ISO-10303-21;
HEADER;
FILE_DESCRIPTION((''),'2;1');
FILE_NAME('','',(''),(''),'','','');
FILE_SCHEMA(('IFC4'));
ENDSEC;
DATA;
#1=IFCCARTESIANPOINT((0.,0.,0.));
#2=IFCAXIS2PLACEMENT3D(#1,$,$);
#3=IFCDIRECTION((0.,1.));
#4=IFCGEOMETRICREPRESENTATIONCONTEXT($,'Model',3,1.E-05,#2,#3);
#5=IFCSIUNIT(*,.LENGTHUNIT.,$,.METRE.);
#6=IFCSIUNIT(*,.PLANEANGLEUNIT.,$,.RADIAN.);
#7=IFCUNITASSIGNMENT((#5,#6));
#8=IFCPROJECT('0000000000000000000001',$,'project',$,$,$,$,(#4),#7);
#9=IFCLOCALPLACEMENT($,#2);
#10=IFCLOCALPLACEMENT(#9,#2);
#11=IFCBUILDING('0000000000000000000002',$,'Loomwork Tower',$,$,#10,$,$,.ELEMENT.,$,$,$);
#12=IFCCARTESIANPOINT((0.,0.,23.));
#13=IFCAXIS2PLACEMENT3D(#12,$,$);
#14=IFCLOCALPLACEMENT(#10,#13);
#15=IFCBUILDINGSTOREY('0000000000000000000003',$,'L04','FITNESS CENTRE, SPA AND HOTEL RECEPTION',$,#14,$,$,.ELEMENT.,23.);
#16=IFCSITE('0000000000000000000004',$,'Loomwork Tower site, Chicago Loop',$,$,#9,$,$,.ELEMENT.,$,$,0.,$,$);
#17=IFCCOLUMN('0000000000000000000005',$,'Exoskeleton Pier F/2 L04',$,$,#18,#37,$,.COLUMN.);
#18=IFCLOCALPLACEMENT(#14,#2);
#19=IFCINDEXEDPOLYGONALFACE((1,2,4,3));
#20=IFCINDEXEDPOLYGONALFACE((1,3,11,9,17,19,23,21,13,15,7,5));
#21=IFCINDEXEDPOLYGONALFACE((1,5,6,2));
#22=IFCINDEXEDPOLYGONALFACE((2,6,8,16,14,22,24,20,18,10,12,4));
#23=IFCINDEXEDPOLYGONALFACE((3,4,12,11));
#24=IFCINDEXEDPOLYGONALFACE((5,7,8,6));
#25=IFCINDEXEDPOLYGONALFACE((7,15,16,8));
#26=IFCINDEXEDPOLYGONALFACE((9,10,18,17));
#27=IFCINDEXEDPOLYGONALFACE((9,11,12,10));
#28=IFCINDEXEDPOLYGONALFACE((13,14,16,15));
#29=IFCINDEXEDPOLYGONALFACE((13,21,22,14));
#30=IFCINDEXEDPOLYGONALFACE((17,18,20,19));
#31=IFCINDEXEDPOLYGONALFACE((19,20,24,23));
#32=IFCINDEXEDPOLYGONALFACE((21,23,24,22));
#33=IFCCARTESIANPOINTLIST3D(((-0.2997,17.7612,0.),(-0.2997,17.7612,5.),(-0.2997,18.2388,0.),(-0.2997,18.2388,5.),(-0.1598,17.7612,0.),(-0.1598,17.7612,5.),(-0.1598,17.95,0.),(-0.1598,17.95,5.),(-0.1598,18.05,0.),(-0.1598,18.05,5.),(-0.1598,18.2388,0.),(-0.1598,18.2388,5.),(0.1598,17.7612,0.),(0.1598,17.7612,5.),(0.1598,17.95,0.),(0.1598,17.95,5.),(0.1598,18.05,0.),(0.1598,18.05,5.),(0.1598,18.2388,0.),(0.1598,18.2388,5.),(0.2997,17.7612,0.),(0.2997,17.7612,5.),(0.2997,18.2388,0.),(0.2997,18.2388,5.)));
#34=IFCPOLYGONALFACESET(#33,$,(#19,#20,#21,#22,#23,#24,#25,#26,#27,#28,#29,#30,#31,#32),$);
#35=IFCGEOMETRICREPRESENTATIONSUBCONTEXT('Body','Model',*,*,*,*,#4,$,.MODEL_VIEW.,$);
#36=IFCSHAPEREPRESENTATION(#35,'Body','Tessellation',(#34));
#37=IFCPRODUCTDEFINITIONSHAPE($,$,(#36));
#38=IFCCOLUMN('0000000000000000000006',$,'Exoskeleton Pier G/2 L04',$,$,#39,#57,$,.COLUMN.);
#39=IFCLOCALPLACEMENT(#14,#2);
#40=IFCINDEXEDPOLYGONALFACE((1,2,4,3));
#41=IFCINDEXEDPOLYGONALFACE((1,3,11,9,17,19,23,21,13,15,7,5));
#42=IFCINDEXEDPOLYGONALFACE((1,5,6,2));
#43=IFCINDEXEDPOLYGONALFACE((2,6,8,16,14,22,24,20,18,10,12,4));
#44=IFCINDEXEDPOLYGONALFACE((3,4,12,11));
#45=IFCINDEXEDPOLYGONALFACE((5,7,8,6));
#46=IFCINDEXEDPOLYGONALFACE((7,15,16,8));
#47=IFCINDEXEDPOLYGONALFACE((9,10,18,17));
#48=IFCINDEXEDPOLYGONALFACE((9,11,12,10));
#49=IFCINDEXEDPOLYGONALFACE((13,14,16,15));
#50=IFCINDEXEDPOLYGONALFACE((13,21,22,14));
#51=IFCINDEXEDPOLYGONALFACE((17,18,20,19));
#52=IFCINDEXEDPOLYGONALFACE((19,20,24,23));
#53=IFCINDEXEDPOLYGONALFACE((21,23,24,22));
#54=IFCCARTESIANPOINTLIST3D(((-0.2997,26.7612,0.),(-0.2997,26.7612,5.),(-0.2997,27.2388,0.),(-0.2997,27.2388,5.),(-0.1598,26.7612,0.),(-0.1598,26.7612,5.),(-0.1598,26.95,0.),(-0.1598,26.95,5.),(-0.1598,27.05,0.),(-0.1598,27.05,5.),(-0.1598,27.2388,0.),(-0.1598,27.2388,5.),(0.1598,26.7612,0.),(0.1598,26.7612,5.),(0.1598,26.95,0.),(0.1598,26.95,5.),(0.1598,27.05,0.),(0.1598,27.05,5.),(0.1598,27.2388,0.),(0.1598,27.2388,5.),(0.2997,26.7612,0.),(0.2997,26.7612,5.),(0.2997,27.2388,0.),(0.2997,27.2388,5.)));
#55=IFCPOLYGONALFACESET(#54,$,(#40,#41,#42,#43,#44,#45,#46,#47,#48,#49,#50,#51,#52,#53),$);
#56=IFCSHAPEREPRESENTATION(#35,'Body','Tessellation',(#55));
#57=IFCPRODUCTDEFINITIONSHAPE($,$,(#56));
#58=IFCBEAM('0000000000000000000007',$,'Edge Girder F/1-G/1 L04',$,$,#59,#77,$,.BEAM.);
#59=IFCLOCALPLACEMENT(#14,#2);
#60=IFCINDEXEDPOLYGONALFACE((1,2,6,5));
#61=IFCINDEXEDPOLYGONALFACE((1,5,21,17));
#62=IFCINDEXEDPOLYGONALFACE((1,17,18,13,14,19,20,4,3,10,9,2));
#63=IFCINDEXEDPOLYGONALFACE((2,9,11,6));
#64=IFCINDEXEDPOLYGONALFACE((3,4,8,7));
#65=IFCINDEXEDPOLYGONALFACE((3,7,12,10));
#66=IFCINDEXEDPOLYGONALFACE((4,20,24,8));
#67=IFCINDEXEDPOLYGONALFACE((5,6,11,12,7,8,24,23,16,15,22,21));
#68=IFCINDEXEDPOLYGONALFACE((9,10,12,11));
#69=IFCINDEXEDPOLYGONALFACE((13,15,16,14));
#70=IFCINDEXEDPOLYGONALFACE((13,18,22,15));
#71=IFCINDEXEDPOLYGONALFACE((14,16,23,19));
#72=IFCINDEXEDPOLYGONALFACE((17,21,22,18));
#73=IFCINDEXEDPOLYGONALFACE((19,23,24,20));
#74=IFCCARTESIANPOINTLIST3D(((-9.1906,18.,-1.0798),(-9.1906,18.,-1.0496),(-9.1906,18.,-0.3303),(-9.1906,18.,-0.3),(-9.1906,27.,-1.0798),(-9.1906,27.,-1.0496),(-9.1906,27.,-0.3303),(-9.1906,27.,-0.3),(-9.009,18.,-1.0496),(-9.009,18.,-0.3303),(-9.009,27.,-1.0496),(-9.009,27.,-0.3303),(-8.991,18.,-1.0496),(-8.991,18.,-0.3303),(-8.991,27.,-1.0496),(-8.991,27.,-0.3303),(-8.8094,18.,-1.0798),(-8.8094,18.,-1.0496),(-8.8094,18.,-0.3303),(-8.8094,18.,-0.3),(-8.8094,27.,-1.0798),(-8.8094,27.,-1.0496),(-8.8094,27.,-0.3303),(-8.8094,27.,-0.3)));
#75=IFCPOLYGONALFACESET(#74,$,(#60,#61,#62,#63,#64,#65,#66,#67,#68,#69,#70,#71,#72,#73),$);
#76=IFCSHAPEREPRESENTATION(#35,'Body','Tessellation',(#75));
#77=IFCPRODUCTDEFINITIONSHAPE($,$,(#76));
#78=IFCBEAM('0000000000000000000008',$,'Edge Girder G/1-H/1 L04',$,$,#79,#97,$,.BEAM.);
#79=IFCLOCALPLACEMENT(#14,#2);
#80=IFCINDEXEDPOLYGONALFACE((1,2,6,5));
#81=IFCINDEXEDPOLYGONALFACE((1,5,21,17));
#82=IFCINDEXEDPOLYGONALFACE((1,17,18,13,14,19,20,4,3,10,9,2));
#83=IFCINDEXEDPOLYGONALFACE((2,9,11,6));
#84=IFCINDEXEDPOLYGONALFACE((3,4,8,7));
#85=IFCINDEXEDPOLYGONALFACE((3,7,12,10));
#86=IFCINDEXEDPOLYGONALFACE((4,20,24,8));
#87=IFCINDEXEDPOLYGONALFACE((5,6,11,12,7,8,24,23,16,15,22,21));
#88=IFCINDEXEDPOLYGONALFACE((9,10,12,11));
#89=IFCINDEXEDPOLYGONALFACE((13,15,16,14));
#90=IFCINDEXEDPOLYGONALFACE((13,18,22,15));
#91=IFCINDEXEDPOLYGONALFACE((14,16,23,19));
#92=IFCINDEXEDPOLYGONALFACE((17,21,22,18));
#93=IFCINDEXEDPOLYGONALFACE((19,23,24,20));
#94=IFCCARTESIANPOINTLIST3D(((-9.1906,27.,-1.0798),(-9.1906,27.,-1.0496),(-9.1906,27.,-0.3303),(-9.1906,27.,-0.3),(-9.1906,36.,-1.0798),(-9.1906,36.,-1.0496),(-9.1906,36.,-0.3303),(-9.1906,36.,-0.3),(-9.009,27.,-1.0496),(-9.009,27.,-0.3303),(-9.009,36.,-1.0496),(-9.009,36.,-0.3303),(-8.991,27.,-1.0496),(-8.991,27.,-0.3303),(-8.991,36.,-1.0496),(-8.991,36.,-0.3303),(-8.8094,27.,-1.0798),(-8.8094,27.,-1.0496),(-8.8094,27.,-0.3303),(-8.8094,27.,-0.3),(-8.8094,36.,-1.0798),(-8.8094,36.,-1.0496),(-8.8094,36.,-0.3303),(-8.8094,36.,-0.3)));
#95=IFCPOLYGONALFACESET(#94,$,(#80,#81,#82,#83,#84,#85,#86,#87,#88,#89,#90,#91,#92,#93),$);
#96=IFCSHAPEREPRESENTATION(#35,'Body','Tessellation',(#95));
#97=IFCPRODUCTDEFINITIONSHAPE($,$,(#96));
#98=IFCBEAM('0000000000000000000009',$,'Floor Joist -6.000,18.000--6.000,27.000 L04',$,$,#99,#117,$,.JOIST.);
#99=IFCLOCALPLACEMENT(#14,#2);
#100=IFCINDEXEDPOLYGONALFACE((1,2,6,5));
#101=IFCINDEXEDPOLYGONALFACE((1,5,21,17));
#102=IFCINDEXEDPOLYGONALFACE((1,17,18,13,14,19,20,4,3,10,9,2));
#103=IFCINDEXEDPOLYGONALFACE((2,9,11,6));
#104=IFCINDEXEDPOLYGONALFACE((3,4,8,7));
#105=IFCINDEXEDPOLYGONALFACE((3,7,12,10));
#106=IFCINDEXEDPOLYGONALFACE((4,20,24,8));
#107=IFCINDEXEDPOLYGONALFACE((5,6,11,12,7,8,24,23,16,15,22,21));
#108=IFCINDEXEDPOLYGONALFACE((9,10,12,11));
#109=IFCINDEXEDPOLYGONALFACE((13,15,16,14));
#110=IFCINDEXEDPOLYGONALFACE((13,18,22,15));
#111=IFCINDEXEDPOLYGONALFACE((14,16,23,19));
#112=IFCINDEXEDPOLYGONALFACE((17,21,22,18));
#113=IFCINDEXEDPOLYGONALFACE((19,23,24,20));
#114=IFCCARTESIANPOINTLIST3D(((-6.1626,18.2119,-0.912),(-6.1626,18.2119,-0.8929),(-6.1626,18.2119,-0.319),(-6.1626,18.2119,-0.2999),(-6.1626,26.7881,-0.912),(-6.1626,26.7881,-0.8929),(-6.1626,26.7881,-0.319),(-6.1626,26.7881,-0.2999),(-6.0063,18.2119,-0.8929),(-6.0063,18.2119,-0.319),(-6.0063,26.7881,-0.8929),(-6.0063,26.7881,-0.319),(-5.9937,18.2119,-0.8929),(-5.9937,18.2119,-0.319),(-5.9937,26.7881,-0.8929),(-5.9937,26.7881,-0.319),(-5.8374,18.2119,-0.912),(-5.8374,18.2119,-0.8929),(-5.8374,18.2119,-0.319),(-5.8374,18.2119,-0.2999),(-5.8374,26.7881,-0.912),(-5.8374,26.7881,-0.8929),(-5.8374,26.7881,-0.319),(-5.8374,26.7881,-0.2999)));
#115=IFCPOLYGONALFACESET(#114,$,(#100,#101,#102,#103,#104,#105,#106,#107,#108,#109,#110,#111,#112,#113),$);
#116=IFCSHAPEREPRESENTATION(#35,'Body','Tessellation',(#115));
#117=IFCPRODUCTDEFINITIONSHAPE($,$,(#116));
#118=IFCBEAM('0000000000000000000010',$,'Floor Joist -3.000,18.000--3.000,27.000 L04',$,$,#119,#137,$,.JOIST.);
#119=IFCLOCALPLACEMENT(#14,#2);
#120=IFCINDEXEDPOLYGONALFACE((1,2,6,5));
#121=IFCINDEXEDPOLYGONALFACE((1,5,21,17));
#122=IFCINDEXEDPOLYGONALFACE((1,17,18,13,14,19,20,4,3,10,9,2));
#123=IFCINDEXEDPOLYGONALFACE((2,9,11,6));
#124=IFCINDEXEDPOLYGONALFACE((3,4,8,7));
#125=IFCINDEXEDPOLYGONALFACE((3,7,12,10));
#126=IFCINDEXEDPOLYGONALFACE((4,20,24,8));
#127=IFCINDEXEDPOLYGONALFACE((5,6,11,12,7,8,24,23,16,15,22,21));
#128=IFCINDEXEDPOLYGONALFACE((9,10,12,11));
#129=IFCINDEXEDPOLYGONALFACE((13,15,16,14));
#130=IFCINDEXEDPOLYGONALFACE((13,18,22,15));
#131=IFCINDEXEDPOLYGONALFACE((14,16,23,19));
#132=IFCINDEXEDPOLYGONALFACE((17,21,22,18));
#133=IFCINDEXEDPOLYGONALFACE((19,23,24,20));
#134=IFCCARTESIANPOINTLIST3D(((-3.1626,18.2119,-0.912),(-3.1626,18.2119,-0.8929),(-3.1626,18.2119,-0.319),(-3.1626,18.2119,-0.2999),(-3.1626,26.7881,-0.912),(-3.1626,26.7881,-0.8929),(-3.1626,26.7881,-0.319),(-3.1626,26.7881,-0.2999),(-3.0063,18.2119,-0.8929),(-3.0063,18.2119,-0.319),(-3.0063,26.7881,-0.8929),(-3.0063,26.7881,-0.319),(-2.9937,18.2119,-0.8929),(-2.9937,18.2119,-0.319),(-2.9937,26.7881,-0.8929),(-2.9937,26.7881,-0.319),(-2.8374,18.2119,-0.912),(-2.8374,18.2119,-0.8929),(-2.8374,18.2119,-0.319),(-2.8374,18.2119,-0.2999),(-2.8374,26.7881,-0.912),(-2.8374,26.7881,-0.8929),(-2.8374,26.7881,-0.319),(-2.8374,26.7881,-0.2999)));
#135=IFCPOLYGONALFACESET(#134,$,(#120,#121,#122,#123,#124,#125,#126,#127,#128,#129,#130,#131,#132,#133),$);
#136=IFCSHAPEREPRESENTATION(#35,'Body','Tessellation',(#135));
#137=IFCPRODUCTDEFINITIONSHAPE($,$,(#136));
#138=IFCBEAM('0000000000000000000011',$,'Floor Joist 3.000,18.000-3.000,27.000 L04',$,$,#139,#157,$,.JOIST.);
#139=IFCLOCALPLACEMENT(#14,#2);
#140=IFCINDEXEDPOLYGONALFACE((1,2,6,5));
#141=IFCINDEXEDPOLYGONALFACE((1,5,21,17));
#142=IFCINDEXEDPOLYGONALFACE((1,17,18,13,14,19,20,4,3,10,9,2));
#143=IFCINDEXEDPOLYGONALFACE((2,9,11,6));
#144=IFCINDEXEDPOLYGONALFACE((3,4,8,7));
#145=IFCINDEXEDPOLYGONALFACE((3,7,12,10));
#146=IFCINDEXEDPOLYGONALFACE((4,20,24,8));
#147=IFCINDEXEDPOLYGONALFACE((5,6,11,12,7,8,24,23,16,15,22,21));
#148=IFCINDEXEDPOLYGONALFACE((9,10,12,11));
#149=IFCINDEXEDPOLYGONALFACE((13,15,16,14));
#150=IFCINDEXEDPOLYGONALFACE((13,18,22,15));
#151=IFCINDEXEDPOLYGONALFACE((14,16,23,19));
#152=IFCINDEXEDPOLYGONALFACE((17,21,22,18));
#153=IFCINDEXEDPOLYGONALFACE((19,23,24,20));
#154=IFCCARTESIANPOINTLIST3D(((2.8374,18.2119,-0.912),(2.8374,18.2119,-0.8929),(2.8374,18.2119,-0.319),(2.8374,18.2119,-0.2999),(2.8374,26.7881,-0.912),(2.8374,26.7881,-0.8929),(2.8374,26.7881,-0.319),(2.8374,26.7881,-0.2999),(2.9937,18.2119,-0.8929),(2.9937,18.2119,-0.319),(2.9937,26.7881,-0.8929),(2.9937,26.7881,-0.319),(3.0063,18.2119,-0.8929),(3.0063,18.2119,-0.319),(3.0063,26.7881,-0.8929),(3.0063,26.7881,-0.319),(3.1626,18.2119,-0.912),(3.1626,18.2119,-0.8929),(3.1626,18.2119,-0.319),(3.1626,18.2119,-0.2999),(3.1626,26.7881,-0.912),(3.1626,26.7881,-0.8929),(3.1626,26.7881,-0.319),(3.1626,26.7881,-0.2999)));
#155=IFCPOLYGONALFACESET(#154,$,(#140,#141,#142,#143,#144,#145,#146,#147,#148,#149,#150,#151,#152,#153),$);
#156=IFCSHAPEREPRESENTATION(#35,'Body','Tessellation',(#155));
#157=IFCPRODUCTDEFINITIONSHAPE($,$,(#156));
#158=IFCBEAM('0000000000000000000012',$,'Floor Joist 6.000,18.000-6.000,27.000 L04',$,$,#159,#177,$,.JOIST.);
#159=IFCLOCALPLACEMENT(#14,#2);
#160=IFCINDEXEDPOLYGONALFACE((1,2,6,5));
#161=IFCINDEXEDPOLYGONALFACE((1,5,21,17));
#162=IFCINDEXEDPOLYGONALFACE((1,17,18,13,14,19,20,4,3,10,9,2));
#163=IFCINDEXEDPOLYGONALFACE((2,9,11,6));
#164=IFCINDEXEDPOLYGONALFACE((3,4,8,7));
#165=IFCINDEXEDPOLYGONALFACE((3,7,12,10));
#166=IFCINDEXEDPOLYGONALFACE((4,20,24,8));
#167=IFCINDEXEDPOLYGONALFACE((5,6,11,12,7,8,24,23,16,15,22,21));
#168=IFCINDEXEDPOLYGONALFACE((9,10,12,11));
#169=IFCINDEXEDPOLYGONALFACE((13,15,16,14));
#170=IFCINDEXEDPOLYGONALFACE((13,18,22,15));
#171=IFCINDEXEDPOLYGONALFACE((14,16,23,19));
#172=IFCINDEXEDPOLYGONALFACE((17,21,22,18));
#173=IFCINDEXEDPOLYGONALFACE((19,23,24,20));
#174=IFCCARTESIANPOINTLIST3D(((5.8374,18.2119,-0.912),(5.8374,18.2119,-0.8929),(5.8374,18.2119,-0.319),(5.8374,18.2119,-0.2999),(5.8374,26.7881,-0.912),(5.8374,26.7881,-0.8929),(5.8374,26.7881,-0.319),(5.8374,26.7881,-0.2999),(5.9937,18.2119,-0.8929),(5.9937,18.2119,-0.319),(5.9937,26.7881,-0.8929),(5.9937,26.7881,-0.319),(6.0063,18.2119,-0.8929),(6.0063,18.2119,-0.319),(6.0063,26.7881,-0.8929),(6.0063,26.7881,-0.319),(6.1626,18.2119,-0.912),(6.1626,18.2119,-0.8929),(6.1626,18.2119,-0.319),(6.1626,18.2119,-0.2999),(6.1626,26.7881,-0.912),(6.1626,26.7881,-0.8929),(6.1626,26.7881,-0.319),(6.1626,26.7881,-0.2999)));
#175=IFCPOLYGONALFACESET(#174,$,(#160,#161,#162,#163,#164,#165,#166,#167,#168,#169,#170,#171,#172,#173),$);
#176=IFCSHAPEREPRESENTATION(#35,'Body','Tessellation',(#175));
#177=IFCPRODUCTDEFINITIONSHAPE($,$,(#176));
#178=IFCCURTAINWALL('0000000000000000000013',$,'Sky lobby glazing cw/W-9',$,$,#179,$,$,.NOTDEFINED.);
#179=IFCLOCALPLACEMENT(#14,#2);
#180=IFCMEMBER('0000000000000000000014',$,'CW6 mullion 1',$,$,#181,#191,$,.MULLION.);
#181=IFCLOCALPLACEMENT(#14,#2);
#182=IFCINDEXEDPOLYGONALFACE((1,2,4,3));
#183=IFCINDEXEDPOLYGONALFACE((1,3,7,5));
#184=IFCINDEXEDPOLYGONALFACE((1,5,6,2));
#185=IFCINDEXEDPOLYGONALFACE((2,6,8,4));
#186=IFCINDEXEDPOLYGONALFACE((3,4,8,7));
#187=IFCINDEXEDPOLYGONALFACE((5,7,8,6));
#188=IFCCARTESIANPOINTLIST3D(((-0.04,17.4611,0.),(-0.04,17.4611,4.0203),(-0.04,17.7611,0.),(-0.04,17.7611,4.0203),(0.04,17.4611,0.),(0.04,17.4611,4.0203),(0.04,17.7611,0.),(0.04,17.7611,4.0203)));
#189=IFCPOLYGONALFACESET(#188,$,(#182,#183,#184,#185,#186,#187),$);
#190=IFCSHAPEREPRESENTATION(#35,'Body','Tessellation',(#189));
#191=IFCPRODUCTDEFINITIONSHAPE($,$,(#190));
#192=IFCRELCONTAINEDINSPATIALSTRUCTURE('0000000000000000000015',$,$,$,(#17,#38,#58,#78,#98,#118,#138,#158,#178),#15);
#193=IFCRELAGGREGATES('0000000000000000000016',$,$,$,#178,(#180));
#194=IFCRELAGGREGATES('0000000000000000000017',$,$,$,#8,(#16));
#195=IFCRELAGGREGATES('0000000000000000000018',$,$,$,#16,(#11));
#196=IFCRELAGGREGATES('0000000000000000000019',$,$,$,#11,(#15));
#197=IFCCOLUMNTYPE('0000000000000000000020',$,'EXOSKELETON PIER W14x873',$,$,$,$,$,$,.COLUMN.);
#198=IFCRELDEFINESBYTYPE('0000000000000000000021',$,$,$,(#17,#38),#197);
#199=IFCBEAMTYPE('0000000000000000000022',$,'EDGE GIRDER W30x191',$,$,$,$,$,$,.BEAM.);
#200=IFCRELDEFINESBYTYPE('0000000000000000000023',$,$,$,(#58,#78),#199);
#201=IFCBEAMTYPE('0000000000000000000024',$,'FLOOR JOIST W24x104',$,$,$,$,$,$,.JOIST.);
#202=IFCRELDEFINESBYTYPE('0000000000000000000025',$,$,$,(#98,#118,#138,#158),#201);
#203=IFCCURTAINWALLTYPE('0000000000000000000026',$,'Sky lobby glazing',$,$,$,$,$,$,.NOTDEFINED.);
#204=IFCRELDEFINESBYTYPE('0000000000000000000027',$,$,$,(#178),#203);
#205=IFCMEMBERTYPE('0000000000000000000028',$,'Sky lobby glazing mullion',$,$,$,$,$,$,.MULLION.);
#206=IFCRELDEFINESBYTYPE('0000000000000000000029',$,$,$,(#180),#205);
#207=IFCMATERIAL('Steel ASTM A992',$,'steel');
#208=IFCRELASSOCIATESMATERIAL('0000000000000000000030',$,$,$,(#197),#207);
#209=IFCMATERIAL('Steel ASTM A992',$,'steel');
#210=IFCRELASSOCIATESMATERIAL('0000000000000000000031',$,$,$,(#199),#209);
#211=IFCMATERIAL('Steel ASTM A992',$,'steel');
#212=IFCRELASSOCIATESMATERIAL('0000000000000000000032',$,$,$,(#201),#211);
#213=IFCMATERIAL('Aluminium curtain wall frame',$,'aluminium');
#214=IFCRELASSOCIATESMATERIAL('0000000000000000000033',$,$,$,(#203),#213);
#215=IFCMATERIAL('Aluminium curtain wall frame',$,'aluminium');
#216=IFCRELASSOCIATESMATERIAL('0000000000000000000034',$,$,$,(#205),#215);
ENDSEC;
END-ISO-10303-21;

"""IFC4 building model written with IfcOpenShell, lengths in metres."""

from ifc_helpers import new_model, si_unit, direction, frame, origin, origin_2d, place, context, subcontext, project, spatial, rectangle, i_section, extrude, material, material_profile, profile_set, type_object, element, aggregate, save


model = new_model("IFC4")

# Units and contexts
model_context = context("Model", 3, precision=1e-05, world=origin(), true_north=direction((0.0, 1.0)))
body_context = subcontext(model_context, "Body", "Model", "MODEL_VIEW")
ifc_project = project(units=[si_unit("LENGTHUNIT", "METRE"), si_unit("PLANEANGLEUNIT", "RADIAN")], contexts=[model_context])

# Site, building, storey
site_placement = place(None, origin())
site = spatial("IfcSite", under=ifc_project, at=site_placement, Name="Loomwork Tower site, Chicago Loop", CompositionType="ELEMENT", RefElevation=0.0)
building_placement = place(site_placement, origin())
building = spatial("IfcBuilding", under=site, at=building_placement, Name="Loomwork Tower", CompositionType="ELEMENT")
storey_placement = place(building_placement, frame((0.0, 0.0, 23.0)))
storey = spatial("IfcBuildingStorey", under=building, at=storey_placement, Name="L04", Description="FITNESS CENTRE, SPA AND HOTEL RECEPTION", CompositionType="ELEMENT", Elevation=23.0)

# Columns
ifc_material_1 = material(Name="Steel ASTM A992", Category="steel")
ifc_material_profile_1 = material_profile(ifc_material_1, i_section(OverallWidth=0.4775, OverallDepth=0.5994, WebThickness=0.1001, FlangeThickness=0.1399, at=origin_2d()), Name="W14x873")
ifc_profile_set_1 = profile_set([ifc_material_profile_1], Name="Steel ASTM A992")
column_type = type_object("IfcColumnType", Name="EXOSKELETON PIER W14x873", PredefinedType="COLUMN", material=ifc_profile_set_1)
for number, where, z_axis, x_axis, name in (
    (1, (0.0, 18.0, 0.0), (0.0, 0.0, 1.0), (0.0, 1.0, 0.0), "Exoskeleton Pier F/2 L04"),
    (2, (0.0, 27.0, 0.0), (0.0, 0.0, 1.0), (0.0, 1.0, 0.0), "Exoskeleton Pier G/2 L04"),
):
    element("IfcColumn", number, at=place(storey_placement, frame(where, z_axis=z_axis, x_axis=x_axis)), inside=storey, type_object=column_type, Name=name, PredefinedType="COLUMN", context=body_context, shape_type="SweptSolid", body=[
        extrude(i_section(OverallWidth=0.4775, OverallDepth=0.5994, WebThickness=0.1001, FlangeThickness=0.1399, at=origin_2d()), origin(), (0.0, 0.0, 1.0), 5.0),
    ])

# Beams
ifc_material_2 = material(Name="Steel ASTM A992", Category="steel")
ifc_material_profile_2 = material_profile(ifc_material_2, i_section(OverallWidth=0.3811, OverallDepth=0.7798, WebThickness=0.0181, FlangeThickness=0.0303, at=origin_2d()), Name="W30x191")
ifc_profile_set_2 = profile_set([ifc_material_profile_2], Name="Steel ASTM A992")
beam_type_1 = type_object("IfcBeamType", Name="EDGE GIRDER W30x191", PredefinedType="BEAM", material=ifc_profile_set_2)
for number, where, z_axis, x_axis, name in (
    (3, (-9.0, 18.0, -0.6899), (0.0, 1.0, 0.0), (-1.0, 0.0, 0.0), "Edge Girder F/1-G/1 L04"),
    (4, (-9.0, 27.0, -0.6899), (0.0, 1.0, 0.0), (-1.0, 0.0, 0.0), "Edge Girder G/1-H/1 L04"),
):
    element("IfcBeam", number, at=place(storey_placement, frame(where, z_axis=z_axis, x_axis=x_axis)), inside=storey, type_object=beam_type_1, Name=name, PredefinedType="BEAM", context=body_context, shape_type="SweptSolid", body=[
        extrude(i_section(OverallWidth=0.3811, OverallDepth=0.7798, WebThickness=0.0181, FlangeThickness=0.0303, at=origin_2d()), origin(), (0.0, 0.0, 1.0), 9.0),
    ])
ifc_material_3 = material(Name="Steel ASTM A992", Category="steel")
ifc_material_profile_3 = material_profile(ifc_material_3, i_section(OverallWidth=0.3252, OverallDepth=0.6121, WebThickness=0.0127, FlangeThickness=0.019, at=origin_2d()), Name="W24x104")
ifc_profile_set_3 = profile_set([ifc_material_profile_3], Name="Steel ASTM A992")
beam_type_2 = type_object("IfcBeamType", Name="FLOOR JOIST W24x104", PredefinedType="JOIST", material=ifc_profile_set_3)
for number, where, z_axis, x_axis, name in (
    (5, (-6.0, 18.2119, -0.606), (0.0, 1.0, 0.0), (-1.0, 0.0, 0.0), "Floor Joist -6.000,18.000--6.000,27.000 L04"),
    (6, (-3.0, 18.2119, -0.606), (0.0, 1.0, 0.0), (-1.0, 0.0, 0.0), "Floor Joist -3.000,18.000--3.000,27.000 L04"),
    (7, (3.0, 18.2119, -0.606), (0.0, 1.0, 0.0), (-1.0, 0.0, 0.0), "Floor Joist 3.000,18.000-3.000,27.000 L04"),
    (8, (6.0, 18.2119, -0.606), (0.0, 1.0, 0.0), (-1.0, 0.0, 0.0), "Floor Joist 6.000,18.000-6.000,27.000 L04"),
):
    element("IfcBeam", number, at=place(storey_placement, frame(where, z_axis=z_axis, x_axis=x_axis)), inside=storey, type_object=beam_type_2, Name=name, PredefinedType="JOIST", context=body_context, shape_type="SweptSolid", body=[
        extrude(i_section(OverallWidth=0.3252, OverallDepth=0.6121, WebThickness=0.0127, FlangeThickness=0.019, at=origin_2d()), origin(), (0.0, 0.0, 1.0), 8.5762),
    ])

# Curtain wall, member
ifc_material_4 = material(Name="Aluminium curtain wall frame", Category="aluminium")
curtain_wall_type = type_object("IfcCurtainWallType", Name="Sky lobby glazing", PredefinedType="NOTDEFINED", material=ifc_material_4)
curtain_wall_placement = place(storey_placement, origin())
curtain_wall = element("IfcCurtainWall", 9, at=curtain_wall_placement, inside=storey, type_object=curtain_wall_type, Name="Sky lobby glazing cw/W-9", PredefinedType="NOTDEFINED")
ifc_material_5 = material(Name="Aluminium curtain wall frame", Category="aluminium")
ifc_material_profile_4 = material_profile(ifc_material_5, rectangle(XDim=0.0801, YDim=0.3, at=origin_2d()), Name="AL 80x300")
ifc_profile_set_4 = profile_set([ifc_material_profile_4], Name="Aluminium curtain wall frame")
member_type_1 = type_object("IfcMemberType", Name="Sky lobby glazing mullion", PredefinedType="MULLION", material=ifc_profile_set_4)
member_1_placement = place(storey_placement, frame((0.0, 17.6111, 0.0), z_axis=(0.0, 0.0, 1.0), x_axis=(1.0, 0.0, 0.0)))
member_1 = element("IfcMember", 10, at=member_1_placement, type_object=member_type_1, Name="CW6 mullion 1", PredefinedType="MULLION", context=body_context, shape_type="SweptSolid", body=[
    extrude(rectangle(XDim=0.0801, YDim=0.3, at=origin_2d()), origin(), (0.0, 0.0, 1.0), 4.0203),
])
aggregate(curtain_wall, [member_1])

save(model, "model.ifc")
